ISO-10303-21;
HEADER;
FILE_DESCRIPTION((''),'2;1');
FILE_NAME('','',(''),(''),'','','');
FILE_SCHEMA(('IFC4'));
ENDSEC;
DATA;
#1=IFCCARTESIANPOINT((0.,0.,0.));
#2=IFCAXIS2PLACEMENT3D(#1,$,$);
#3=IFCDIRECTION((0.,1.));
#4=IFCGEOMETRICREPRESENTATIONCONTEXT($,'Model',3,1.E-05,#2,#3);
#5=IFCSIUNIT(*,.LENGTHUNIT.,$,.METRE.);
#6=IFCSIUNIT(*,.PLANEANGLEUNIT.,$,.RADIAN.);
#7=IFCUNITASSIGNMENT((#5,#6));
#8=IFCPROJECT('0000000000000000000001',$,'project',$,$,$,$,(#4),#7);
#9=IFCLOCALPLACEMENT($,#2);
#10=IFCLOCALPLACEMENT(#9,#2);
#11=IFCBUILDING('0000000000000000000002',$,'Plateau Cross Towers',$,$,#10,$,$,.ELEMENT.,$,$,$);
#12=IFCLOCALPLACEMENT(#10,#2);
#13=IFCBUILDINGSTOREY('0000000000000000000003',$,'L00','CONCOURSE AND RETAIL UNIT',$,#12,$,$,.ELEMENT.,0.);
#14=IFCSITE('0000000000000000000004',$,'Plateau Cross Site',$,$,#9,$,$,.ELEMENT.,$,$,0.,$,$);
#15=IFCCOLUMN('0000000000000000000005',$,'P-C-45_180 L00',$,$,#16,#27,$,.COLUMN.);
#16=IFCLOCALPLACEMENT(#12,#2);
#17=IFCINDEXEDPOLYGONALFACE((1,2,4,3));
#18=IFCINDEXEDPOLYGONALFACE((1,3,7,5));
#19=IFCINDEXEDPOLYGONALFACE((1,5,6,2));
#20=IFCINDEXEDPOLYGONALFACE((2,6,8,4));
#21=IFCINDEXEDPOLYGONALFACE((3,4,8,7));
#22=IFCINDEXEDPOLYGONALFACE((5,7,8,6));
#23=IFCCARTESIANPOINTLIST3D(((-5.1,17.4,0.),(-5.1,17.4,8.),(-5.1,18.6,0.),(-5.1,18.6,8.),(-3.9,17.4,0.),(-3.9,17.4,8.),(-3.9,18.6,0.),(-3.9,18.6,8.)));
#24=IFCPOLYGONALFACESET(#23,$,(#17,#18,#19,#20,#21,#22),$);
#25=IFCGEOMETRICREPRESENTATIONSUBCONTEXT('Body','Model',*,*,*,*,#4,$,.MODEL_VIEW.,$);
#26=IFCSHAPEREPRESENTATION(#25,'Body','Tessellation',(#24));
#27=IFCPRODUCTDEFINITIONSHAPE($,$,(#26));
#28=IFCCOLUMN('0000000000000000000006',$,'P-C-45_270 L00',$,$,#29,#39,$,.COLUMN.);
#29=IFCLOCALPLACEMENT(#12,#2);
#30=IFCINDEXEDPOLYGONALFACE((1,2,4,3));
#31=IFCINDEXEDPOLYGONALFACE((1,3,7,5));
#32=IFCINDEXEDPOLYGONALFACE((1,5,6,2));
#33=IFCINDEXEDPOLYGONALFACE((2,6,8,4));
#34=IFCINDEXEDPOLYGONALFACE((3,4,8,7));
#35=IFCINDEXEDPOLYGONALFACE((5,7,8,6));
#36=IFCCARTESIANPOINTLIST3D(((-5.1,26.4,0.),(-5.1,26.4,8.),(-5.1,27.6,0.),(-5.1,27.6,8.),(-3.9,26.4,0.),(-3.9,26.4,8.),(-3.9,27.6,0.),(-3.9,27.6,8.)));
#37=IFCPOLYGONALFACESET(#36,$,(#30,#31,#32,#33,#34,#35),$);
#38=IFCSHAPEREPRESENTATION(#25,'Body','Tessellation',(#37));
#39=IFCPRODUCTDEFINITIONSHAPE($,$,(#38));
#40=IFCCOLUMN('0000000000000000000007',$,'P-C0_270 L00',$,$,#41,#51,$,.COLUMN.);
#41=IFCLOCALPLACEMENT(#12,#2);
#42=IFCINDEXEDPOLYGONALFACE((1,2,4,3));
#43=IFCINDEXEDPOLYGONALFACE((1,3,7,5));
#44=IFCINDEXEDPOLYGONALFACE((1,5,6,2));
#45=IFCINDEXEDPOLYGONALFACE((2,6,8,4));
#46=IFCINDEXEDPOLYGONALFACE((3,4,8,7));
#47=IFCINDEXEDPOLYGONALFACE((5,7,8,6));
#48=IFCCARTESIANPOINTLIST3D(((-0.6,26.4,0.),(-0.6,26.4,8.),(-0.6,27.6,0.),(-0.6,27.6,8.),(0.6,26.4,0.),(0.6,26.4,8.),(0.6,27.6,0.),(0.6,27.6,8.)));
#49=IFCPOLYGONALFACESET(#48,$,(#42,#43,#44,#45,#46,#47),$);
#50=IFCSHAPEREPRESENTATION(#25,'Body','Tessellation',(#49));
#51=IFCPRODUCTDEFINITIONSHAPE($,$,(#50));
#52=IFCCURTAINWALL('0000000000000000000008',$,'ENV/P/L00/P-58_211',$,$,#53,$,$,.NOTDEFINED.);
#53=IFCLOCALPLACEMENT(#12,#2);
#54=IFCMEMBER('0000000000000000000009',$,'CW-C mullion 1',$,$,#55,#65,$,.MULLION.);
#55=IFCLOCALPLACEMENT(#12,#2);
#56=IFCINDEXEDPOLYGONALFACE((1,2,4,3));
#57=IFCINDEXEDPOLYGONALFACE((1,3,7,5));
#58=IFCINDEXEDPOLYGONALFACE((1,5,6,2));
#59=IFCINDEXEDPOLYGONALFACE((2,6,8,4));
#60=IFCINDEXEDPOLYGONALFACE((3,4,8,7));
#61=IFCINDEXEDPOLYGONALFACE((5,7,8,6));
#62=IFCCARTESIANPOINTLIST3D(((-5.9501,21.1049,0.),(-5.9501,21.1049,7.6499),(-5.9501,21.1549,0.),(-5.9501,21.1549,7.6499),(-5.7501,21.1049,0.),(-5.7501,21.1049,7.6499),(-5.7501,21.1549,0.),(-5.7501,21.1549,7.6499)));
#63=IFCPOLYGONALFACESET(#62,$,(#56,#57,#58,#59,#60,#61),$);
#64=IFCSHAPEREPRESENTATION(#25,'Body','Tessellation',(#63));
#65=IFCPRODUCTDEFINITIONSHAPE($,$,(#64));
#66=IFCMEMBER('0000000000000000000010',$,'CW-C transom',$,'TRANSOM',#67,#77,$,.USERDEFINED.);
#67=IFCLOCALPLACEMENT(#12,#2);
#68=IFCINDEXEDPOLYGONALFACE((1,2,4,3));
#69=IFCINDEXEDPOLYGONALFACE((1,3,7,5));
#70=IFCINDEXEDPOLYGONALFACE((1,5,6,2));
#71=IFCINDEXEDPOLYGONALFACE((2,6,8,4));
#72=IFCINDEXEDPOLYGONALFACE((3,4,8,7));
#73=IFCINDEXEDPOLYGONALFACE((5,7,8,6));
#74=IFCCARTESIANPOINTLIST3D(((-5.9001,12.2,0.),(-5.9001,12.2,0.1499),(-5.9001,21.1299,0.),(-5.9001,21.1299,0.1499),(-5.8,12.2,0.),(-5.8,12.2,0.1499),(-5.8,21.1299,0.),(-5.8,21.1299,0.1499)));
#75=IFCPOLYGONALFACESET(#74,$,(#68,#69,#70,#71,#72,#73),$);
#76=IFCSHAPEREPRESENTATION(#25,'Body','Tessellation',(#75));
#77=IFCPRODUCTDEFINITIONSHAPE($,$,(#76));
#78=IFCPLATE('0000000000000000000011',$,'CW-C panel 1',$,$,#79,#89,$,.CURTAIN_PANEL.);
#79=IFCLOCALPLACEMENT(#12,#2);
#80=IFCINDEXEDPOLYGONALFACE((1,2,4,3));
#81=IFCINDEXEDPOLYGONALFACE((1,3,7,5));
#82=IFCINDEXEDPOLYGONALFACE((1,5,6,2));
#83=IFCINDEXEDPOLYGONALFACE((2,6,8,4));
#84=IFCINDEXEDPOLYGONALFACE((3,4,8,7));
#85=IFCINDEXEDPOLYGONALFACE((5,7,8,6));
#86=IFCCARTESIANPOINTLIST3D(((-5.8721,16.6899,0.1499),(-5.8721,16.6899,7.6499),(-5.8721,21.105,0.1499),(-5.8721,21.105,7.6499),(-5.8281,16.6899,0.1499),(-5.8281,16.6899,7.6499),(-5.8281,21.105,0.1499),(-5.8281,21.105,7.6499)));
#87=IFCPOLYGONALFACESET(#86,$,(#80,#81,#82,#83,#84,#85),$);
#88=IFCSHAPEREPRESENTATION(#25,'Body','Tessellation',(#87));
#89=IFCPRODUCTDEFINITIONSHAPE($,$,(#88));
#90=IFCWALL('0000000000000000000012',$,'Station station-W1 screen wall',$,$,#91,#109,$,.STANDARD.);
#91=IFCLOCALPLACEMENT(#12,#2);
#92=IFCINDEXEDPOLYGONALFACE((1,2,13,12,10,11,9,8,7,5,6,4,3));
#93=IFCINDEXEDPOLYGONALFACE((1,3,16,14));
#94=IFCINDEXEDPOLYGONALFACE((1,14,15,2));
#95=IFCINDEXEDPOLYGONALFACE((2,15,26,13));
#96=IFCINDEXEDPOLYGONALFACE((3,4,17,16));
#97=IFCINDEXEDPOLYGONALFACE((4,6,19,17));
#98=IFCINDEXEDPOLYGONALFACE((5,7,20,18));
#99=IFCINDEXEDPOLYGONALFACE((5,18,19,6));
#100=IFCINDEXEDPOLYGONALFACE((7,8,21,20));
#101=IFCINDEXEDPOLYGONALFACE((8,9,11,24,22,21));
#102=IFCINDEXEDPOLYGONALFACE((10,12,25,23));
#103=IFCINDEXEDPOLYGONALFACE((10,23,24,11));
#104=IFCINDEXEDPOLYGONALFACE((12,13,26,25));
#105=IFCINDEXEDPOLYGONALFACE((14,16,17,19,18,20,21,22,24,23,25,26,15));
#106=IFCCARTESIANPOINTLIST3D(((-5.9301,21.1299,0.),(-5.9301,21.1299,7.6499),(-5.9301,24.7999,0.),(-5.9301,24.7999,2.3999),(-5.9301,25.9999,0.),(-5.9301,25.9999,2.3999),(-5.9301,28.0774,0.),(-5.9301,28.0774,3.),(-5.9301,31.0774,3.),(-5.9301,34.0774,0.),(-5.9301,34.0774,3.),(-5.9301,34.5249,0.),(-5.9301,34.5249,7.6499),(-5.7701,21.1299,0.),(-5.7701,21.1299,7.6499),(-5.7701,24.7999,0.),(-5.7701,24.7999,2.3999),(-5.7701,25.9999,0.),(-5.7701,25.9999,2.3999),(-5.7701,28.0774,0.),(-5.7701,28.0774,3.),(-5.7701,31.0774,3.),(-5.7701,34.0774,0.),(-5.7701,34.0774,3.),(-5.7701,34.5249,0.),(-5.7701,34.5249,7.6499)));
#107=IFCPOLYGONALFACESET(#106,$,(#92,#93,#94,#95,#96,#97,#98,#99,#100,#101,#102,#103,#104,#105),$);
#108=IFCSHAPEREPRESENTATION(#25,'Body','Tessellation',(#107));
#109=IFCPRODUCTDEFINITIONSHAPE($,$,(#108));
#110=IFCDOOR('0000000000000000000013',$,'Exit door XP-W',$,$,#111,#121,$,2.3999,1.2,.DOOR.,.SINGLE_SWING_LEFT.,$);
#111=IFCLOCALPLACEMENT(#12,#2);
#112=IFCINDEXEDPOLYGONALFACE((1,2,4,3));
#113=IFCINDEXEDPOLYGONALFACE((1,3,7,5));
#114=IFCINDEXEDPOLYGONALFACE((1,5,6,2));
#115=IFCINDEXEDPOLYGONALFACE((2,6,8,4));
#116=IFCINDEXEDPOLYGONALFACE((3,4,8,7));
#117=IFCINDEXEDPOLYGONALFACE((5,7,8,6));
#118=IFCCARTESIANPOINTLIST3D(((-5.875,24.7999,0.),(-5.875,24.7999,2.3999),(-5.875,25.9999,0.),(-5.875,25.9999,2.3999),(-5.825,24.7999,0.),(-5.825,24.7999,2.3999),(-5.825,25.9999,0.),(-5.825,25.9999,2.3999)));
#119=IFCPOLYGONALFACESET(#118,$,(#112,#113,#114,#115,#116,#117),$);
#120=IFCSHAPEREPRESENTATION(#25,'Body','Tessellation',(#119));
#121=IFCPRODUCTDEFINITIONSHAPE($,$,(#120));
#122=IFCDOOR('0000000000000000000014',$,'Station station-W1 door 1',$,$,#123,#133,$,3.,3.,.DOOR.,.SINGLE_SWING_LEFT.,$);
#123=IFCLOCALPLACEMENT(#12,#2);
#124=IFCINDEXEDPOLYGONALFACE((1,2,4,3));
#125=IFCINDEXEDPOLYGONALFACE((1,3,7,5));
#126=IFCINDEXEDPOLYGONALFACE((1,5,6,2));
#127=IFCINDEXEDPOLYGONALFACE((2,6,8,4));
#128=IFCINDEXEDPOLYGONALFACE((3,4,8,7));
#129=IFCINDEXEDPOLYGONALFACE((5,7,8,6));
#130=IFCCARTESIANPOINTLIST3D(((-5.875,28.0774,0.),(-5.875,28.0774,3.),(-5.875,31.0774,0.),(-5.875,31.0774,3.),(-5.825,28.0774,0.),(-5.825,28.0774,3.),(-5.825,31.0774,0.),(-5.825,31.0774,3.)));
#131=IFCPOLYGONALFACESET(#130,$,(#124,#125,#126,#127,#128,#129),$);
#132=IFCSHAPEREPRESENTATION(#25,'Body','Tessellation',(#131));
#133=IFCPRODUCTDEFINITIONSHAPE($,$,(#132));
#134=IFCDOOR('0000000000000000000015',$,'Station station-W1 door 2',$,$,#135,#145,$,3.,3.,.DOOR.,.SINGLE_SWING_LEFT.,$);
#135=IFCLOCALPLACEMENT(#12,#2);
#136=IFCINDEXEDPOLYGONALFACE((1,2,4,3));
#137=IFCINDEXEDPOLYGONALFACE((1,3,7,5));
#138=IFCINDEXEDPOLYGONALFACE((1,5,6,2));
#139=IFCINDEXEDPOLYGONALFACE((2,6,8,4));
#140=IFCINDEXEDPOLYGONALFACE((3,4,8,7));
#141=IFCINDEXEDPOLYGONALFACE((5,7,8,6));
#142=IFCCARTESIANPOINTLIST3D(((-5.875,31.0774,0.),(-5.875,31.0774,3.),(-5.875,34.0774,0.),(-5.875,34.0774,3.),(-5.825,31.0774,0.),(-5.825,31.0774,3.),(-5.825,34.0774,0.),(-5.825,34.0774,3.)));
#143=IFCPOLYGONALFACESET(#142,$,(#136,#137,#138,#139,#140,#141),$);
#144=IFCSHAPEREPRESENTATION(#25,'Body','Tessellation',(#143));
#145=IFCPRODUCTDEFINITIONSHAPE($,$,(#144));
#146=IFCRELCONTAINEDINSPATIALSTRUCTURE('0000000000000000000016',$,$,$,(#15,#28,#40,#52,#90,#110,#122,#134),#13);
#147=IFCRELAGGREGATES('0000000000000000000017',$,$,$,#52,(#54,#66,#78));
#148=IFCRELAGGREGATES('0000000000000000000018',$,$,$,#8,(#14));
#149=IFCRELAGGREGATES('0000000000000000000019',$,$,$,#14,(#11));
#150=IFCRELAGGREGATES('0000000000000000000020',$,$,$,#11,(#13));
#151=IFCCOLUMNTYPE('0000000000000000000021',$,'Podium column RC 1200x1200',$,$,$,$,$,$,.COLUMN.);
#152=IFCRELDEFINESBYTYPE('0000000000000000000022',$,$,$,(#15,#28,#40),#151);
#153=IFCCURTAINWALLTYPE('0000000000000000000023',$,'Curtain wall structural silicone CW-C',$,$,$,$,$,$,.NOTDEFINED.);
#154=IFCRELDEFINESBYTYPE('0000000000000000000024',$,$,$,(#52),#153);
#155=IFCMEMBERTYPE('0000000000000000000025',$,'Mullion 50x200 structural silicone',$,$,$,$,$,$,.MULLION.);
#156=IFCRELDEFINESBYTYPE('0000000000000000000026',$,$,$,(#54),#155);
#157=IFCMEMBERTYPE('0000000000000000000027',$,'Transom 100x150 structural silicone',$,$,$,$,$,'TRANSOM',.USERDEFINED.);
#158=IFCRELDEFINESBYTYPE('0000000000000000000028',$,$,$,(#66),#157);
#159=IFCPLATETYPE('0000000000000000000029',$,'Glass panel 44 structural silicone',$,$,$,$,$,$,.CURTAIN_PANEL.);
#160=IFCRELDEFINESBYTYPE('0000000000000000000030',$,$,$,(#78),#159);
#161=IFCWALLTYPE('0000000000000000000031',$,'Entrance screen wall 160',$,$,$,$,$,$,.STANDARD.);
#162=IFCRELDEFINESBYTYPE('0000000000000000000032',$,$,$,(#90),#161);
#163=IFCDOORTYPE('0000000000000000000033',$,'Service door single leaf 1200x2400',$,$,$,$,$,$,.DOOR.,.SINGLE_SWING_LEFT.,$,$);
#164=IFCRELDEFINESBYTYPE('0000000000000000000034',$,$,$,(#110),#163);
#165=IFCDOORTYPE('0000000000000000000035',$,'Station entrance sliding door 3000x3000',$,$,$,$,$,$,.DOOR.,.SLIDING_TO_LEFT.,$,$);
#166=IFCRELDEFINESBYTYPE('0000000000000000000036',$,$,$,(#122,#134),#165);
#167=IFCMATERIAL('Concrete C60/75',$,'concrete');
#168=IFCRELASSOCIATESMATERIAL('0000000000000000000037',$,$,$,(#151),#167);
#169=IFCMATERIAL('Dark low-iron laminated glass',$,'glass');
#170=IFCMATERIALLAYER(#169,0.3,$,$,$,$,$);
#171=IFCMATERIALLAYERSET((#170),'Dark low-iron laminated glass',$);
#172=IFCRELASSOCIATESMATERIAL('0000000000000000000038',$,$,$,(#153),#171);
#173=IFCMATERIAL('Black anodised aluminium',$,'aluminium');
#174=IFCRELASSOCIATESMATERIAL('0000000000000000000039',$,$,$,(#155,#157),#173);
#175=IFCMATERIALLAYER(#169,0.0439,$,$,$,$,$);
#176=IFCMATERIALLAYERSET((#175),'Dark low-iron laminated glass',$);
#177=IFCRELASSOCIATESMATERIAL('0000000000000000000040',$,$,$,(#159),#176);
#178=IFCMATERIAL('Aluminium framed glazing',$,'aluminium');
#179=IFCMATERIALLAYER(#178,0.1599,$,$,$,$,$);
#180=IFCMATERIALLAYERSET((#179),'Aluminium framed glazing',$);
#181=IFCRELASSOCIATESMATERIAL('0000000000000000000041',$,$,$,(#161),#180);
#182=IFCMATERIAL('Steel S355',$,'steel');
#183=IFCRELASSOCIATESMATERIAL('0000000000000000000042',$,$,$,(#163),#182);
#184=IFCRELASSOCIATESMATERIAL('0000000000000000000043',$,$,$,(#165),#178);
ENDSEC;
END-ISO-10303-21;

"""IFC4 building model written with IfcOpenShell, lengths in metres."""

from ifc_helpers import new_model, si_unit, direction, frame, frame_2d, origin, origin_2d, place, context, subcontext, project, spatial, rectangle, extrude, material, layer, layer_set, material_profile, profile_set, type_object, element, fill, aggregate, save


model = new_model("IFC4")

# Units and contexts
model_context = context("Model", 3, precision=1e-05, world=origin(), true_north=direction((0.0, 1.0)))
body_context = subcontext(model_context, "Body", "Model", "MODEL_VIEW")
ifc_project = project(units=[si_unit("LENGTHUNIT", "METRE"), si_unit("PLANEANGLEUNIT", "RADIAN")], contexts=[model_context])

# Site, building, storey
site_placement = place(None, origin())
site = spatial("IfcSite", under=ifc_project, at=site_placement, Name="Plateau Cross Site", CompositionType="ELEMENT", RefElevation=0.0)
building_placement = place(site_placement, origin())
building = spatial("IfcBuilding", under=site, at=building_placement, Name="Plateau Cross Towers", CompositionType="ELEMENT")
storey_placement = place(building_placement, origin())
storey = spatial("IfcBuildingStorey", under=building, at=storey_placement, Name="L00", Description="CONCOURSE AND RETAIL UNIT", CompositionType="ELEMENT", Elevation=0.0)

# Columns
ifc_material_1 = material(Name="Concrete C60/75", Category="concrete")
ifc_material_profile_1 = material_profile(ifc_material_1, rectangle(XDim=1.2, YDim=1.2, at=origin_2d()), Name="RC 1200x1200")
ifc_profile_set_1 = profile_set([ifc_material_profile_1], Name="Concrete C60/75")
column_type = type_object("IfcColumnType", Name="Podium column RC 1200x1200", PredefinedType="COLUMN", material=ifc_profile_set_1)
for number, where, z_axis, x_axis, name in (
    (1, (-4.5, 18.0, 0.0), (0.0, 0.0, 1.0), (1.0, 0.0, 0.0), "P-C-45_180 L00"),
    (2, (-4.5, 27.0, 0.0), (0.0, 0.0, 1.0), (1.0, 0.0, 0.0), "P-C-45_270 L00"),
    (3, (0.0, 27.0, 0.0), (0.0, 0.0, 1.0), (1.0, 0.0, 0.0), "P-C0_270 L00"),
):
    element("IfcColumn", number, at=place(storey_placement, frame(where, z_axis=z_axis, x_axis=x_axis)), inside=storey, type_object=column_type, Name=name, PredefinedType="COLUMN", context=body_context, shape_type="SweptSolid", body=[
        extrude(rectangle(XDim=1.2, YDim=1.2, at=origin_2d()), origin(), (0.0, 0.0, 1.0), 8.0),
    ])

# Curtain wall, members, plate
ifc_material_2 = material(Name="Dark low-iron laminated glass", Category="glass")
ifc_layer_1 = layer(ifc_material_2, 0.3)
ifc_layer_set_1 = layer_set([ifc_layer_1], Name="Dark low-iron laminated glass")
curtain_wall_type = type_object("IfcCurtainWallType", Name="Curtain wall structural silicone CW-C", PredefinedType="NOTDEFINED", material=ifc_layer_set_1)
curtain_wall_placement = place(storey_placement, origin())
curtain_wall = element("IfcCurtainWall", 4, at=curtain_wall_placement, inside=storey, type_object=curtain_wall_type, Name="ENV/P/L00/P-58_211", PredefinedType="NOTDEFINED")
ifc_material_3 = material(Name="Black anodised aluminium", Category="aluminium")
ifc_material_profile_2 = material_profile(ifc_material_3, rectangle(XDim=0.05, YDim=0.2, at=origin_2d()), Name="MULLION 50x200")
ifc_profile_set_2 = profile_set([ifc_material_profile_2], Name="Black anodised aluminium")
member_type_1 = type_object("IfcMemberType", Name="Mullion 50x200 structural silicone", PredefinedType="MULLION", material=ifc_profile_set_2)
member_1_placement = place(storey_placement, frame((-5.8501, 21.1299, 0.0), z_axis=(0.0, 0.0, 1.0), x_axis=(0.0, -1.0, 0.0)))
member_1 = element("IfcMember", 5, at=member_1_placement, type_object=member_type_1, Name="CW-C mullion 1", PredefinedType="MULLION", context=body_context, shape_type="SweptSolid", body=[
    extrude(rectangle(XDim=0.05, YDim=0.2, at=origin_2d()), origin(), (0.0, 0.0, 1.0), 7.6499),
])
ifc_material_profile_3 = material_profile(ifc_material_3, rectangle(XDim=0.1001, YDim=0.1499, at=origin_2d()), Name="TRANSOM 100x150")
ifc_profile_set_3 = profile_set([ifc_material_profile_3], Name="Black anodised aluminium")
member_type_2 = type_object("IfcMemberType", Name="Transom 100x150 structural silicone", ElementType="TRANSOM", PredefinedType="USERDEFINED", material=ifc_profile_set_3)
member_2_placement = place(storey_placement, frame((-5.8501, 21.1299, 0.075), z_axis=(0.0, -1.0, 0.0), x_axis=(1.0, 0.0, 0.0)))
member_2 = element("IfcMember", 6, at=member_2_placement, type_object=member_type_2, Name="CW-C transom", ObjectType="TRANSOM", PredefinedType="USERDEFINED", context=body_context, shape_type="SweptSolid", body=[
    extrude(rectangle(XDim=0.1001, YDim=0.1499, at=origin_2d()), origin(), (0.0, 0.0, 1.0), 8.9299),
])
ifc_layer_2 = layer(ifc_material_2, 0.0439)
ifc_layer_set_2 = layer_set([ifc_layer_2], Name="Dark low-iron laminated glass")
plate_type = type_object("IfcPlateType", Name="Glass panel 44 structural silicone", PredefinedType="CURTAIN_PANEL", material=ifc_layer_set_2)
plate_placement = place(storey_placement, frame((-5.8501, 18.8975, 0.1499), z_axis=(0.0, 0.0, 1.0), x_axis=(0.0, -1.0, 0.0)))
plate = element("IfcPlate", 7, at=plate_placement, type_object=plate_type, Name="CW-C panel 1", PredefinedType="CURTAIN_PANEL", context=body_context, shape_type="SweptSolid", body=[
    extrude(rectangle(XDim=4.415, YDim=0.0439, at=origin_2d()), origin(), (0.0, 0.0, 1.0), 7.5),
])
aggregate(curtain_wall, [member_1, member_2, plate])

# Wall, openings, doors
ifc_material_4 = material(Name="Aluminium framed glazing", Category="aluminium")
ifc_layer_3 = layer(ifc_material_4, 0.1599)
ifc_layer_set_3 = layer_set([ifc_layer_3], Name="Aluminium framed glazing")
wall_type_1 = type_object("IfcWallType", Name="Entrance screen wall 160", PredefinedType="STANDARD", material=ifc_layer_set_3)
wall_1_placement = place(storey_placement, frame((-5.8501, 21.1299, 0.0), z_axis=(0.0, 0.0, 1.0), x_axis=(0.0, 1.0, 0.0)))
wall_1 = element("IfcWall", 8, at=wall_1_placement, inside=storey, type_object=wall_type_1, Name="Station station-W1 screen wall", PredefinedType="STANDARD", context=body_context, shape_type="SweptSolid", body=[
    extrude(rectangle(XDim=13.395, YDim=0.1599, at=frame_2d((6.6975, 0.0))), origin(), (0.0, 0.0, 1.0), 7.6499),
])
opening_1_placement = place(wall_1_placement, frame((6.9475, 0.0, 0.0)))
opening_1 = element("IfcOpeningElement", 9, at=opening_1_placement, cuts=wall_1, PredefinedType="OPENING", context=body_context, shape_type="SweptSolid", body=[
    extrude(rectangle(XDim=3.0, YDim=3.0, at=frame_2d((1.5, 1.5))), frame((0.0, 0.0898, 0.0), z_axis=(0.0, -1.0, 0.0), x_axis=(1.0, 0.0, 0.0)), (0.0, 0.0, 1.0), 0.1799),
])
opening_2_placement = place(wall_1_placement, frame((9.9475, 0.0, 0.0)))
opening_2 = element("IfcOpeningElement", 10, at=opening_2_placement, cuts=wall_1, PredefinedType="OPENING", context=body_context, shape_type="SweptSolid", body=[
    extrude(rectangle(XDim=3.0, YDim=3.0, at=frame_2d((1.5, 1.5))), frame((0.0, 0.0898, 0.0), z_axis=(0.0, -1.0, 0.0), x_axis=(1.0, 0.0, 0.0)), (0.0, 0.0, 1.0), 0.1799),
])
opening_3_placement = place(wall_1_placement, frame((3.6699, 0.0, 0.0)))
opening_3 = element("IfcOpeningElement", 11, at=opening_3_placement, cuts=wall_1, PredefinedType="OPENING", context=body_context, shape_type="SweptSolid", body=[
    extrude(rectangle(XDim=1.2, YDim=2.3999, at=frame_2d((0.6001, 1.2))), frame((0.0, 0.0898, 0.0), z_axis=(0.0, -1.0, 0.0), x_axis=(1.0, 0.0, 0.0)), (0.0, 0.0, 1.0), 0.1799),
])
ifc_material_5 = material(Name="Steel S355", Category="steel")
door_type_1 = type_object("IfcDoorType", Name="Service door single leaf 1200x2400", OperationType="SINGLE_SWING_LEFT", PredefinedType="DOOR", material=ifc_material_5)
door_1_placement = place(opening_3_placement, origin())
door_1 = element("IfcDoor", 12, at=door_1_placement, inside=storey, type_object=door_type_1, Name="Exit door XP-W", OperationType="SINGLE_SWING_LEFT", OverallHeight=2.3999, OverallWidth=1.2, PredefinedType="DOOR", context=body_context, shape_type="SweptSolid", body=[
    extrude(rectangle(XDim=1.2, YDim=2.3999, at=frame_2d((0.6001, 1.2))), frame((0.0, 0.0249, 0.0), z_axis=(0.0, -1.0, 0.0), x_axis=(1.0, 0.0, 0.0)), (0.0, 0.0, 1.0), 0.05),
])
fill(opening_3, door_1)
door_type_2 = type_object("IfcDoorType", Name="Station entrance sliding door 3000x3000", OperationType="SLIDING_TO_LEFT", PredefinedType="DOOR", material=ifc_material_4)
door_2_placement = place(opening_1_placement, origin())
door_2 = element("IfcDoor", 13, at=door_2_placement, inside=storey, type_object=door_type_2, Name="Station station-W1 door 1", OperationType="SINGLE_SWING_LEFT", OverallHeight=3.0, OverallWidth=3.0, PredefinedType="DOOR", context=body_context, shape_type="SweptSolid", body=[
    extrude(rectangle(XDim=3.0, YDim=3.0, at=frame_2d((1.5, 1.5))), frame((0.0, 0.0249, 0.0), z_axis=(0.0, -1.0, 0.0), x_axis=(1.0, 0.0, 0.0)), (0.0, 0.0, 1.0), 0.05),
])
fill(opening_1, door_2)
door_3_placement = place(opening_2_placement, origin())
door_3 = element("IfcDoor", 14, at=door_3_placement, inside=storey, type_object=door_type_2, Name="Station station-W1 door 2", OperationType="SINGLE_SWING_LEFT", OverallHeight=3.0, OverallWidth=3.0, PredefinedType="DOOR", context=body_context, shape_type="SweptSolid", body=[
    extrude(rectangle(XDim=3.0, YDim=3.0, at=frame_2d((1.5, 1.5))), frame((0.0, 0.0249, 0.0), z_axis=(0.0, -1.0, 0.0), x_axis=(1.0, 0.0, 0.0)), (0.0, 0.0, 1.0), 0.05),
])
fill(opening_2, door_3)

save(model, "model.ifc")
